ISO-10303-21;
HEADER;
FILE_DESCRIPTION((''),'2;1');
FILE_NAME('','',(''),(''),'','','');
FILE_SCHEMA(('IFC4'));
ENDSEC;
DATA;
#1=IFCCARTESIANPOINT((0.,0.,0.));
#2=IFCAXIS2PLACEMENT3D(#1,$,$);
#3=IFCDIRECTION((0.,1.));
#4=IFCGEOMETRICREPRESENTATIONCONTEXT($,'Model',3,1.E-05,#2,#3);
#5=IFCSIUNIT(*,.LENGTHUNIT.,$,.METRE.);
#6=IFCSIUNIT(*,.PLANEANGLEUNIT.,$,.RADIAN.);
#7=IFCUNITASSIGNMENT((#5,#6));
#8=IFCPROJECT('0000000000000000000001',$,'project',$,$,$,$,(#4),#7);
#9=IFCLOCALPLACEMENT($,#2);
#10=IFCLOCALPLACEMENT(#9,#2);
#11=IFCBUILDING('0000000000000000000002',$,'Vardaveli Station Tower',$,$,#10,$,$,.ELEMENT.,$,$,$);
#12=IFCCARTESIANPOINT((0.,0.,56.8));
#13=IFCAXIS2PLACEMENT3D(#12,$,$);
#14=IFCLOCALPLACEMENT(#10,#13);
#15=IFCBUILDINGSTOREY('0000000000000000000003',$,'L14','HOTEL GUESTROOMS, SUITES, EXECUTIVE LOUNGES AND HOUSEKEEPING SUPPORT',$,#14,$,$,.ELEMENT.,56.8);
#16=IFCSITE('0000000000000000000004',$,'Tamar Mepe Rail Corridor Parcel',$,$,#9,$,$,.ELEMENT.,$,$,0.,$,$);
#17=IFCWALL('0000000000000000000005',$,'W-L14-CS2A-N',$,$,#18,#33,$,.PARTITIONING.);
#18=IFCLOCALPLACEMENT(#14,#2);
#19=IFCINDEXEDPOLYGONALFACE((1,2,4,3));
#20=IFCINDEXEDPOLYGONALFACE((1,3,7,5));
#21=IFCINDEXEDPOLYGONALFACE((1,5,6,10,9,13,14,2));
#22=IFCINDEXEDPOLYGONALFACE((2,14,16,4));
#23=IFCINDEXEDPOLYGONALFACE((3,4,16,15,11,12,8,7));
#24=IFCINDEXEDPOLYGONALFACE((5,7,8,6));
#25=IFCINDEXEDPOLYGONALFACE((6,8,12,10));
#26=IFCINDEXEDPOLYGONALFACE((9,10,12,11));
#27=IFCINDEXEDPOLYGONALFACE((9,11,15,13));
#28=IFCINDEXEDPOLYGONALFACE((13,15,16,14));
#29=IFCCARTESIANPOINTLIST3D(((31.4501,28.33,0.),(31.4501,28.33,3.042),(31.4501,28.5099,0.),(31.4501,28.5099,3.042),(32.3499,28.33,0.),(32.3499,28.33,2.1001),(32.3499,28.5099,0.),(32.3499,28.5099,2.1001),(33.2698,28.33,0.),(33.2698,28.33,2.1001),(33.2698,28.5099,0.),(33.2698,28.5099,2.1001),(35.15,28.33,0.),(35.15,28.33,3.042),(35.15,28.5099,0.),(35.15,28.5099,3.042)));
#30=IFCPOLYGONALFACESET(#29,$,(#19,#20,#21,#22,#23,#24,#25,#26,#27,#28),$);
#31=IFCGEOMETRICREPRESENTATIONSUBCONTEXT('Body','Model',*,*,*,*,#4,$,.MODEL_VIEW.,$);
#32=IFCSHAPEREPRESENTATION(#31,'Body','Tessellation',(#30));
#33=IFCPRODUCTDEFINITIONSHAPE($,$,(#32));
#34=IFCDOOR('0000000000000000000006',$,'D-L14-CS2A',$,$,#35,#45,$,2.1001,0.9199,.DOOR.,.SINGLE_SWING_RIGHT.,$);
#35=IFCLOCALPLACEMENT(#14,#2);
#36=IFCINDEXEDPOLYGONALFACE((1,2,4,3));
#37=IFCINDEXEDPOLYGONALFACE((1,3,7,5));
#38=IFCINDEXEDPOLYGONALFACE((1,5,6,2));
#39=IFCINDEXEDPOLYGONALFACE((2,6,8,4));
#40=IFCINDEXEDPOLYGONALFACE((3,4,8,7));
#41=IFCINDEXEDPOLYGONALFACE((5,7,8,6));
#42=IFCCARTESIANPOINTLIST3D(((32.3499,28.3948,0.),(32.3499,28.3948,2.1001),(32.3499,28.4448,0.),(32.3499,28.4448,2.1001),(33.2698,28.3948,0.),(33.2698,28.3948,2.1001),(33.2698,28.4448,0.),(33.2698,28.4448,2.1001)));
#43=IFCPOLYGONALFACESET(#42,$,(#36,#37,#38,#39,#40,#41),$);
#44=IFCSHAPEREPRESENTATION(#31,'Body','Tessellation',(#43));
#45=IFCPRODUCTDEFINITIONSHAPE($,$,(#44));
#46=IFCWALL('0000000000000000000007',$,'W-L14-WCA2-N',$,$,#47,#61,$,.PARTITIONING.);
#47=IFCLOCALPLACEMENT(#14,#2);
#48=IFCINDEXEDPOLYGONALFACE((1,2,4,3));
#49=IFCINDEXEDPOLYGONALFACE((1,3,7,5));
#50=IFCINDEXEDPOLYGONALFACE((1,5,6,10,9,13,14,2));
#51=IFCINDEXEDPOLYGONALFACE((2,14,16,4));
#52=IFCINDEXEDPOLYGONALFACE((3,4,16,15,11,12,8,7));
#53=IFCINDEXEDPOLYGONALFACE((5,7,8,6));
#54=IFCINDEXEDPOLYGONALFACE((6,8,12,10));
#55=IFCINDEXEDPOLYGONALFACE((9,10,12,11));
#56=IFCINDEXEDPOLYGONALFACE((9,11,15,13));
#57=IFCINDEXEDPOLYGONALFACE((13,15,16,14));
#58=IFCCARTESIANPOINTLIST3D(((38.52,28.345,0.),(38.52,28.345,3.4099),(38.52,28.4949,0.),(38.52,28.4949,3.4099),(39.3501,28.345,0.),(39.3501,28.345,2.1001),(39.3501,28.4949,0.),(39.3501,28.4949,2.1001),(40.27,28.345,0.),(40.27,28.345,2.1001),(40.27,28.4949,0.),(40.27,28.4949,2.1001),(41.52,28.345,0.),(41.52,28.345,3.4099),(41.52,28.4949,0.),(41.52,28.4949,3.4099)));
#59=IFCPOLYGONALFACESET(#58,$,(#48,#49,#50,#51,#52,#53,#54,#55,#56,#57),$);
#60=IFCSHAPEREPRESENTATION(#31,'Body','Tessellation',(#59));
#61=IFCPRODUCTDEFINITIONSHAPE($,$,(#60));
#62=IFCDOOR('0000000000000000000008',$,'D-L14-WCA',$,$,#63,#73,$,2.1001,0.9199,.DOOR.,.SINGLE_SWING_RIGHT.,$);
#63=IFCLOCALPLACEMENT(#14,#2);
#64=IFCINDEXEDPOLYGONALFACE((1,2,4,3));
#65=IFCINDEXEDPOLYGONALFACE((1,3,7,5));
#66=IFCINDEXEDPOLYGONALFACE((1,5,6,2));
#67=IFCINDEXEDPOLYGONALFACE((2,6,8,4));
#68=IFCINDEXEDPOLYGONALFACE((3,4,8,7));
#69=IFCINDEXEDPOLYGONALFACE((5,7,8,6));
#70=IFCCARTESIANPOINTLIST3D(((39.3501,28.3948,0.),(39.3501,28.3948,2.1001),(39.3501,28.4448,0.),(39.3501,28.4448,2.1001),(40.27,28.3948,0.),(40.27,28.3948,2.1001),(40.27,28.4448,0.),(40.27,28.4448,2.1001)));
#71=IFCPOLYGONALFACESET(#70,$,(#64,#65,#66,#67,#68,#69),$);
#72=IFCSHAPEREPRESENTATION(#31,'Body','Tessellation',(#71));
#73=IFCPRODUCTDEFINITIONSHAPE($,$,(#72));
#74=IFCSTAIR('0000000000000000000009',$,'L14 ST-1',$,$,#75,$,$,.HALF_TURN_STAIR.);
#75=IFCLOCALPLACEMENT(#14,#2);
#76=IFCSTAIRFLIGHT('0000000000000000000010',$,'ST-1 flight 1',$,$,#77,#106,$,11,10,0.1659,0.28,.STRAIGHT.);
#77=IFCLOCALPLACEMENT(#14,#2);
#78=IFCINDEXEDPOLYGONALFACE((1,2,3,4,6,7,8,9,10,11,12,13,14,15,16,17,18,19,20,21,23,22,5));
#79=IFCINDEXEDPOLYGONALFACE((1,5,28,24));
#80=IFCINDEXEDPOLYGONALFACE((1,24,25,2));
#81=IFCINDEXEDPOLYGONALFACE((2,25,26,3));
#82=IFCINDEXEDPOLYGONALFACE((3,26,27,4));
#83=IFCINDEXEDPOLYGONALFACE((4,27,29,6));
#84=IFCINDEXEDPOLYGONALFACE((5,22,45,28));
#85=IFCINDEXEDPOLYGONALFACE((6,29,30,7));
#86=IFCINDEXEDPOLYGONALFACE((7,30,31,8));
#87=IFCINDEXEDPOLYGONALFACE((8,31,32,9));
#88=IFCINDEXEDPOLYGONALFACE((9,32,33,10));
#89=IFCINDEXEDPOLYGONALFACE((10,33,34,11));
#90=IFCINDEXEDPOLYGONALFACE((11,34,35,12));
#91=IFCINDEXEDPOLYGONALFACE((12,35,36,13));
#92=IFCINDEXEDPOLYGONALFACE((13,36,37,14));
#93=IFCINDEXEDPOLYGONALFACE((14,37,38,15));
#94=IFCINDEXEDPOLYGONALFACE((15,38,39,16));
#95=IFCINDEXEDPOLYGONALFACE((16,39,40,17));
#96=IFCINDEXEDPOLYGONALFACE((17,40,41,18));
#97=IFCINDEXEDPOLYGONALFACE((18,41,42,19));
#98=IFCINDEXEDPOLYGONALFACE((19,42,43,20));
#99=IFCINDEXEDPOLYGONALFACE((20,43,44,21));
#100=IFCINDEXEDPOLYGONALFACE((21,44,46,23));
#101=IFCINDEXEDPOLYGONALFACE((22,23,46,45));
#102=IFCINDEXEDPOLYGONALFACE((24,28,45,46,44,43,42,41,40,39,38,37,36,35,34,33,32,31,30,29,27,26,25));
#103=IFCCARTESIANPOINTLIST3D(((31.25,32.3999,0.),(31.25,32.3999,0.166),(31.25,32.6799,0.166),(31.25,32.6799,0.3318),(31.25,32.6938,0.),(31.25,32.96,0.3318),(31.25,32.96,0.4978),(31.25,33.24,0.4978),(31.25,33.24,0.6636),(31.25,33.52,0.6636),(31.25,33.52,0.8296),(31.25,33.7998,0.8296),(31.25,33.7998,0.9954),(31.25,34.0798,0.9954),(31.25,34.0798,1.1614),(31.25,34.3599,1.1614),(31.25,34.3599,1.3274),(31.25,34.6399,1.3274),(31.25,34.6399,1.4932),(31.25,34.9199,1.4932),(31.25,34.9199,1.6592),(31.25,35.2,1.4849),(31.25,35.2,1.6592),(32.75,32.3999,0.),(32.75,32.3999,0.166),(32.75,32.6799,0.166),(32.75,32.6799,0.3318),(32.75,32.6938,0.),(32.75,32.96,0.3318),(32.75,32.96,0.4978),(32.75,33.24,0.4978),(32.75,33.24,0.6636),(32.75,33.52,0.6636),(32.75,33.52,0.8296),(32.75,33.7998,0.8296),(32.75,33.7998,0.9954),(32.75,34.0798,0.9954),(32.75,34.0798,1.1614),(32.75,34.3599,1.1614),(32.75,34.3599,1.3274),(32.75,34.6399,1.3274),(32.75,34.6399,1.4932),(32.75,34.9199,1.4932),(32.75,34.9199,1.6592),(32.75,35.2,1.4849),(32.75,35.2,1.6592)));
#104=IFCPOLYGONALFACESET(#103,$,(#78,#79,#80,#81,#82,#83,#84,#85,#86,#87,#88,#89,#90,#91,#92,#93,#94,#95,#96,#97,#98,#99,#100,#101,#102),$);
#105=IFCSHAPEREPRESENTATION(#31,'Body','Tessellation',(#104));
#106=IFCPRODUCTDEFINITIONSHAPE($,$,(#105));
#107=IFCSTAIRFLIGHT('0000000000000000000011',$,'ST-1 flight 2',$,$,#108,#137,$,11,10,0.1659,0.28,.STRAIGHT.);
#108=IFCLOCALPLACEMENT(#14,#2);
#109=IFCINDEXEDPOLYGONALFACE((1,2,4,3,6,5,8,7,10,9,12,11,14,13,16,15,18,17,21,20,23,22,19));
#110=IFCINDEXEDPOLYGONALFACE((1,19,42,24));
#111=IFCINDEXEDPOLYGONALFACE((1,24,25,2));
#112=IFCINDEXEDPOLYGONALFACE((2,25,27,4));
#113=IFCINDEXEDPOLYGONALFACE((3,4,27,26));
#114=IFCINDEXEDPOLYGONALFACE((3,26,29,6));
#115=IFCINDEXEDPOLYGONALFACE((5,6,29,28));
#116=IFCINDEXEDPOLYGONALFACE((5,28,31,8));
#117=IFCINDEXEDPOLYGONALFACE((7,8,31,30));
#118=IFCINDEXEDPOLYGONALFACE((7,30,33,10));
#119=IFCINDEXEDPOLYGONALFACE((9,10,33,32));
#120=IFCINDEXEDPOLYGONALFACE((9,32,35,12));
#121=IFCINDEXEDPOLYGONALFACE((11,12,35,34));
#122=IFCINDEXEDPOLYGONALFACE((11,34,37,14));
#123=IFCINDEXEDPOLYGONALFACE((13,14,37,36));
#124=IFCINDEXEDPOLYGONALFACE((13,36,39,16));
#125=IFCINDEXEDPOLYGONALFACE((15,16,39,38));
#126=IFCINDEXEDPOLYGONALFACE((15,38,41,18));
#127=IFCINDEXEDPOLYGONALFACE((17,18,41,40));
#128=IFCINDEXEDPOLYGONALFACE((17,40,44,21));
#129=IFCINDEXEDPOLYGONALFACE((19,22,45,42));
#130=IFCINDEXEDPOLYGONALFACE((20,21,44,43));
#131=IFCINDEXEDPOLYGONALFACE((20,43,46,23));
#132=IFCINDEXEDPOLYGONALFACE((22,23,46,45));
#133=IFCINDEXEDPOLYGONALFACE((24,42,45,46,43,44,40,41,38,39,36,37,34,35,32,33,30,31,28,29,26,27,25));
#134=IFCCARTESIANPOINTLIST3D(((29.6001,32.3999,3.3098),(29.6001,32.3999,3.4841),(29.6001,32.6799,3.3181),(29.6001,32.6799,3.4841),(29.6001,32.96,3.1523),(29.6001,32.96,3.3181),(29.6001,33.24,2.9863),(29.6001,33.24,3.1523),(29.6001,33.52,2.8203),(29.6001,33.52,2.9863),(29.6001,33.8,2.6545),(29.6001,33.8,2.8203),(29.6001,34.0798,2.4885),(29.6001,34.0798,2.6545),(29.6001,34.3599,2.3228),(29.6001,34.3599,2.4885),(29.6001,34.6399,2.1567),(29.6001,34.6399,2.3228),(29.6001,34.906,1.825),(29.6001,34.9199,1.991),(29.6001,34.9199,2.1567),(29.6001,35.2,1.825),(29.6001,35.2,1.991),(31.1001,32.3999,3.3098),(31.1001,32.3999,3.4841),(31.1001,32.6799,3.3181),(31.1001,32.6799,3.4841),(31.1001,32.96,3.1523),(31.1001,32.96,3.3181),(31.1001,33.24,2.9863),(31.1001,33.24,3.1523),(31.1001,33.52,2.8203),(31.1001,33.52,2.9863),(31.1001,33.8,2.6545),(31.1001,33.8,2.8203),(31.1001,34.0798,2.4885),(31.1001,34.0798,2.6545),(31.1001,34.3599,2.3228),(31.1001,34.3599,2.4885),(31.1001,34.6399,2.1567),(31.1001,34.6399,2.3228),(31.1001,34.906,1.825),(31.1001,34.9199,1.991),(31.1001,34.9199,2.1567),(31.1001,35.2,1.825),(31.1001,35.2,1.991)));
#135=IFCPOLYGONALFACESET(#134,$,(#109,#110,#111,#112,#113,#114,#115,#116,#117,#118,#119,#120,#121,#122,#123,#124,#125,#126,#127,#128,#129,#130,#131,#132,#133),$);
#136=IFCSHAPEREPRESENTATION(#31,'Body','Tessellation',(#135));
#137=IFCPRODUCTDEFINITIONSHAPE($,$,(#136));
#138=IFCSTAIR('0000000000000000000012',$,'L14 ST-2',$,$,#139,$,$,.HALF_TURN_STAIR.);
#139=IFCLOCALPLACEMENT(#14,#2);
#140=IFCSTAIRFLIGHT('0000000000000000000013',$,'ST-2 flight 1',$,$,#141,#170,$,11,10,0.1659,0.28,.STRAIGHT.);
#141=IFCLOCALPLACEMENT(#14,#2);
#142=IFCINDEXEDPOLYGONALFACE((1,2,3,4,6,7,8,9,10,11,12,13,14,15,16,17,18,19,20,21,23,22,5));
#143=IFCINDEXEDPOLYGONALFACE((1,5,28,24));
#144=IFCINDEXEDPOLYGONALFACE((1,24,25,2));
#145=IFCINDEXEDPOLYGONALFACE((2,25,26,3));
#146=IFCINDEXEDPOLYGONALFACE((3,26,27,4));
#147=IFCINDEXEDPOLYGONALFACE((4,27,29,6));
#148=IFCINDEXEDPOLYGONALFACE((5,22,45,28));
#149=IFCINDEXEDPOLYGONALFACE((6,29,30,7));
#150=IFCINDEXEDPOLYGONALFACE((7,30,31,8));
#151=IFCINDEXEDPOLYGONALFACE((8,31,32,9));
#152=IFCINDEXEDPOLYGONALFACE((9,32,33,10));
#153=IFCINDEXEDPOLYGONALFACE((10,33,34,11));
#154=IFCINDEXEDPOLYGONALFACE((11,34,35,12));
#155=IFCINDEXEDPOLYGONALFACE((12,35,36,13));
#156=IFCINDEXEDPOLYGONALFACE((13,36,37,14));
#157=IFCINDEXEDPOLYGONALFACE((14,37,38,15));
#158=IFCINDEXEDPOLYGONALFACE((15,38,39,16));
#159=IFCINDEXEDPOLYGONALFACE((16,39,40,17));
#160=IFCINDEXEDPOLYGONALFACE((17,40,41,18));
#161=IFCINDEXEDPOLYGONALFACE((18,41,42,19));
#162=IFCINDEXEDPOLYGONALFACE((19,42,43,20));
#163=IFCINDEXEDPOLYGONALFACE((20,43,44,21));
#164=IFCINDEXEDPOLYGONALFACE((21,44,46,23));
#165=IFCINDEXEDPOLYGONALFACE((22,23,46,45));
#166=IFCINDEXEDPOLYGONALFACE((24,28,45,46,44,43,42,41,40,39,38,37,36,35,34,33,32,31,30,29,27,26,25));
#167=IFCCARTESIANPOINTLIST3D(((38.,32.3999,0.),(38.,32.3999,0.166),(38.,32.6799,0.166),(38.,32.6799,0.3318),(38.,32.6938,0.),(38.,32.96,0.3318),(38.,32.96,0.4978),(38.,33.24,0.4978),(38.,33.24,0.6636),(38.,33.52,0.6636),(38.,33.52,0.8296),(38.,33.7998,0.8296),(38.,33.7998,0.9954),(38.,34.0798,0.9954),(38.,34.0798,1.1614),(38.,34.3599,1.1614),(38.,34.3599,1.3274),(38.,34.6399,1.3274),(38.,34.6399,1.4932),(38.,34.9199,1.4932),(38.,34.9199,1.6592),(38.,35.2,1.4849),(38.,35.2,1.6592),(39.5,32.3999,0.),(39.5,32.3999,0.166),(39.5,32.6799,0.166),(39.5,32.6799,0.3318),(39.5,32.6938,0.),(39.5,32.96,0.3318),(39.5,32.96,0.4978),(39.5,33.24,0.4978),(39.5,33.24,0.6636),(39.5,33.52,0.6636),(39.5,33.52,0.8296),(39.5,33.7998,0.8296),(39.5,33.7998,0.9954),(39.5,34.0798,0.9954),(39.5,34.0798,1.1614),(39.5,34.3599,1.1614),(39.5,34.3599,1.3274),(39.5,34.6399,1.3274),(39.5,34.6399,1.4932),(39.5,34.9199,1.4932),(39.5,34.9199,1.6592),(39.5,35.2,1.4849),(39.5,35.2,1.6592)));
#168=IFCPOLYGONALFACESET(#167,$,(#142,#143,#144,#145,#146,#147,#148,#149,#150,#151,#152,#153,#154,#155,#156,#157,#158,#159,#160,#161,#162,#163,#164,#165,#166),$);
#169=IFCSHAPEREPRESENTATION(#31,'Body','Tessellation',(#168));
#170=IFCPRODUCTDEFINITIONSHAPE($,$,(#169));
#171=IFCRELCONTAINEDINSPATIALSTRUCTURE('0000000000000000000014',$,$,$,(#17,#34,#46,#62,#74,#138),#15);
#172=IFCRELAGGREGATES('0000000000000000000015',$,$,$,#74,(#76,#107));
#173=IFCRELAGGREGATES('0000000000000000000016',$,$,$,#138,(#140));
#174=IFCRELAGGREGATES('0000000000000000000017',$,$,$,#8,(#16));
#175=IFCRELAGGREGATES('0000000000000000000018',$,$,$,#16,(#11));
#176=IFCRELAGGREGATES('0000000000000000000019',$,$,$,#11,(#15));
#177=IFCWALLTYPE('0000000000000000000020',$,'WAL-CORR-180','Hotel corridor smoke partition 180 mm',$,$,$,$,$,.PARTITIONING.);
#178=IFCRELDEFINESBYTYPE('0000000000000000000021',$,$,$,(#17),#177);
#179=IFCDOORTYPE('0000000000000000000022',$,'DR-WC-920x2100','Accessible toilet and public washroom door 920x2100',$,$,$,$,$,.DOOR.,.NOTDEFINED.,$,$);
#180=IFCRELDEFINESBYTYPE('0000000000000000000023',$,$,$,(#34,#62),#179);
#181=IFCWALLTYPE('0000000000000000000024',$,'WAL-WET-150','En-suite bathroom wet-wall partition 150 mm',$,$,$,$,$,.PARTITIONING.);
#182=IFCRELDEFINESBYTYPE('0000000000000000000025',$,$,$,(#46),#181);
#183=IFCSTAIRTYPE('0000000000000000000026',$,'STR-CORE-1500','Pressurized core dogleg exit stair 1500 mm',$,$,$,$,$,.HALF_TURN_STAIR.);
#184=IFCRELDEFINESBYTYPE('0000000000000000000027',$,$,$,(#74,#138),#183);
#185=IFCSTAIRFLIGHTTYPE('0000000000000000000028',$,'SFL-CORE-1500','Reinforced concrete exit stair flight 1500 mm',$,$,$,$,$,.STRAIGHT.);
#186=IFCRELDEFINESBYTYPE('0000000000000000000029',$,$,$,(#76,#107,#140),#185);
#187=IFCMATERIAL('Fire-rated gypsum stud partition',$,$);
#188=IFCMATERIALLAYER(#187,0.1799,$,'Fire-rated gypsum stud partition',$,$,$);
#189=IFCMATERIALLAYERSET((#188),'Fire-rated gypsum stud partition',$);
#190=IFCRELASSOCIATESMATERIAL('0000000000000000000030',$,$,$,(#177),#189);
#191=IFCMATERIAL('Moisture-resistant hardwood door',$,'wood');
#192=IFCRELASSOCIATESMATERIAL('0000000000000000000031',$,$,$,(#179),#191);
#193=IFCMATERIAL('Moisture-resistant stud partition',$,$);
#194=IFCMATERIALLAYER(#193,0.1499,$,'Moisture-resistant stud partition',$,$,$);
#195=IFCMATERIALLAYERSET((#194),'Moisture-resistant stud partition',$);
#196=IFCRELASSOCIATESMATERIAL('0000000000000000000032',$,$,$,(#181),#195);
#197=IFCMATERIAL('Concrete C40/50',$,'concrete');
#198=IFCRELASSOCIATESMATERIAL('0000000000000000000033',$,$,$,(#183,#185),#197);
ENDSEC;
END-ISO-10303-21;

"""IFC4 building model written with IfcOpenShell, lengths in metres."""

from ifc_helpers import new_model, si_unit, direction, frame, frame_2d, origin, place, context, subcontext, project, spatial, polyline, rectangle, outline, extrude, source, transform, mapped, material, layer, layer_set, type_object, element, fill, aggregate, save


model = new_model("IFC4")

# Units and contexts
model_context = context("Model", 3, precision=1e-05, world=origin(), true_north=direction((0.0, 1.0)))
body_context = subcontext(model_context, "Body", "Model", "MODEL_VIEW")
ifc_project = project(units=[si_unit("LENGTHUNIT", "METRE"), si_unit("PLANEANGLEUNIT", "RADIAN")], contexts=[model_context])

# Site, building, storey
site_placement = place(None, origin())
site = spatial("IfcSite", under=ifc_project, at=site_placement, Name="Tamar Mepe Rail Corridor Parcel", CompositionType="ELEMENT", RefElevation=0.0)
building_placement = place(site_placement, origin())
building = spatial("IfcBuilding", under=site, at=building_placement, Name="Vardaveli Station Tower", CompositionType="ELEMENT")
storey_placement = place(building_placement, frame((0.0, 0.0, 56.8)))
storey = spatial("IfcBuildingStorey", under=building, at=storey_placement, Name="L14", Description="HOTEL GUESTROOMS, SUITES, EXECUTIVE LOUNGES AND HOUSEKEEPING SUPPORT", CompositionType="ELEMENT", Elevation=56.8)

# Shared definitions
ifc_material_1 = material(Name="Concrete C40/50", Category="concrete")

# Walls, openings, doors
ifc_material_2 = material(Name="Fire-rated gypsum stud partition")
ifc_layer_1 = layer(ifc_material_2, 0.1799, Name="Fire-rated gypsum stud partition")
ifc_layer_set_1 = layer_set([ifc_layer_1], Name="Fire-rated gypsum stud partition")
wall_type_1 = type_object("IfcWallType", Name="WAL-CORR-180", Description="Hotel corridor smoke partition 180 mm", PredefinedType="PARTITIONING", material=ifc_layer_set_1)
shared_shape_1 = source(origin(), body_context, "Body", "SweptSolid", [
    extrude(rectangle(XDim=3.7, YDim=0.1799, at=frame_2d((1.8501, 0.0))), origin(), (0.0, 0.0, 1.0), 3.042),
])
wall_1_placement = place(storey_placement, frame((31.45, 28.4199, 0.0), z_axis=(0.0, 0.0, 1.0), x_axis=(1.0, 0.0, 0.0)))
wall_1 = element("IfcWall", 1, at=wall_1_placement, inside=storey, type_object=wall_type_1, Name="W-L14-CS2A-N", PredefinedType="PARTITIONING", context=body_context, shape_type="MappedRepresentation", body=[
    mapped(shared_shape_1, transform((0.0, 0.0, 0.0), scale=1.0)),
])
shared_shape_2 = source(origin(), body_context, "Body", "SweptSolid", [
    extrude(rectangle(XDim=0.9199, YDim=2.1001, at=frame_2d((0.46, 1.05))), frame((0.0, 0.1001, 0.0), z_axis=(0.0, -1.0, 0.0), x_axis=(1.0, 0.0, 0.0)), (0.0, 0.0, 1.0), 0.2),
])
opening_1_placement = place(wall_1_placement, frame((0.8999, 0.0, 0.0)))
opening_1 = element("IfcOpeningElement", 2, at=opening_1_placement, cuts=wall_1, PredefinedType="OPENING", context=body_context, shape_type="MappedRepresentation", body=[
    mapped(shared_shape_2, transform((0.0, 0.0, 0.0), scale=1.0)),
])
ifc_material_3 = material(Name="Moisture-resistant hardwood door", Category="wood")
door_type_1 = type_object("IfcDoorType", Name="DR-WC-920x2100", Description="Accessible toilet and public washroom door 920x2100", OperationType="NOTDEFINED", PredefinedType="DOOR", material=ifc_material_3)
shared_shape_3 = source(origin(), body_context, "Body", "SweptSolid", [
    extrude(rectangle(XDim=0.9199, YDim=2.1001, at=frame_2d((0.46, 1.05))), frame((0.0, 0.0249, 0.0), z_axis=(0.0, -1.0, 0.0), x_axis=(1.0, 0.0, 0.0)), (0.0, 0.0, 1.0), 0.05),
])
door_1_placement = place(opening_1_placement, origin())
door_1 = element("IfcDoor", 3, at=door_1_placement, inside=storey, type_object=door_type_1, Name="D-L14-CS2A", OperationType="SINGLE_SWING_RIGHT", OverallHeight=2.1001, OverallWidth=0.9199, PredefinedType="DOOR", context=body_context, shape_type="MappedRepresentation", body=[
    mapped(shared_shape_3, transform((0.0, 0.0, 0.0), scale=1.0)),
])
fill(opening_1, door_1)
ifc_material_4 = material(Name="Moisture-resistant stud partition")
ifc_layer_2 = layer(ifc_material_4, 0.1499, Name="Moisture-resistant stud partition")
ifc_layer_set_2 = layer_set([ifc_layer_2], Name="Moisture-resistant stud partition")
wall_type_2 = type_object("IfcWallType", Name="WAL-WET-150", Description="En-suite bathroom wet-wall partition 150 mm", PredefinedType="PARTITIONING", material=ifc_layer_set_2)
shared_shape_4 = source(origin(), body_context, "Body", "SweptSolid", [
    extrude(rectangle(XDim=3.0, YDim=0.1499, at=frame_2d((1.5, 0.0))), origin(), (0.0, 0.0, 1.0), 3.4099),
])
wall_2_placement = place(storey_placement, frame((38.52, 28.4199, 0.0), z_axis=(0.0, 0.0, 1.0), x_axis=(1.0, 0.0, 0.0)))
wall_2 = element("IfcWall", 4, at=wall_2_placement, inside=storey, type_object=wall_type_2, Name="W-L14-WCA2-N", PredefinedType="PARTITIONING", context=body_context, shape_type="MappedRepresentation", body=[
    mapped(shared_shape_4, transform((0.0, 0.0, 0.0), scale=1.0)),
])
shared_shape_5 = source(origin(), body_context, "Body", "SweptSolid", [
    extrude(rectangle(XDim=0.9199, YDim=2.1001, at=frame_2d((0.46, 1.05))), frame((0.0, 0.085, 0.0), z_axis=(0.0, -1.0, 0.0), x_axis=(1.0, 0.0, 0.0)), (0.0, 0.0, 1.0), 0.1699),
])
opening_2_placement = place(wall_2_placement, frame((0.8301, 0.0, 0.0)))
opening_2 = element("IfcOpeningElement", 5, at=opening_2_placement, cuts=wall_2, PredefinedType="OPENING", context=body_context, shape_type="MappedRepresentation", body=[
    mapped(shared_shape_5, transform((0.0, 0.0, 0.0), scale=1.0)),
])
door_2_placement = place(opening_2_placement, origin())
door_2 = element("IfcDoor", 6, at=door_2_placement, inside=storey, type_object=door_type_1, Name="D-L14-WCA", OperationType="SINGLE_SWING_RIGHT", OverallHeight=2.1001, OverallWidth=0.9199, PredefinedType="DOOR", context=body_context, shape_type="MappedRepresentation", body=[
    mapped(shared_shape_3, transform((0.0, 0.0, 0.0), scale=1.0)),
])
fill(opening_2, door_2)

# Stair, stair flights
stair_type = type_object("IfcStairType", Name="STR-CORE-1500", Description="Pressurized core dogleg exit stair 1500 mm", PredefinedType="HALF_TURN_STAIR", material=ifc_material_1)
stair_1_placement = place(storey_placement, origin())
stair_1 = element("IfcStair", 7, at=stair_1_placement, inside=storey, type_object=stair_type, Name="L14 ST-1", PredefinedType="HALF_TURN_STAIR")
stair_flight_type = type_object("IfcStairFlightType", Name="SFL-CORE-1500", Description="Reinforced concrete exit stair flight 1500 mm", PredefinedType="STRAIGHT", material=ifc_material_1)
shared_shape_6 = source(origin(), body_context, "Body", "SweptSolid", [
    extrude(outline(polyline([(0.0, 0.0), (0.0, 0.166), (0.28, 0.166), (0.28, 0.3318), (0.5601, 0.3318), (0.5601, 0.4978), (0.8401, 0.4978), (0.8401, 0.6636), (1.1201, 0.6636), (1.1201, 0.8296), (1.3999, 0.8296), (1.3999, 0.9954), (1.6799, 0.9954), (1.6799, 1.1614), (1.96, 1.1614), (1.96, 1.3274), (2.24, 1.3274), (2.24, 1.4932), (2.52, 1.4932), (2.52, 1.6592), (2.8, 1.6592), (2.8, 1.825), (2.8, 1.4849), (0.2939, 0.0), (0.0, 0.0)])), frame((0.0, 0.75, 0.0), z_axis=(0.0, -1.0, 0.0), x_axis=(1.0, 0.0, 0.0)), (0.0, 0.0, 1.0), 1.5),
])
stair_flight_1_placement = place(storey_placement, frame((32.0, 32.3999, 0.0), z_axis=(0.0, 0.0, 1.0), x_axis=(0.0, 1.0, 0.0)))
stair_flight_1 = element("IfcStairFlight", 8, at=stair_flight_1_placement, type_object=stair_flight_type, Name="ST-1 flight 1", NumberOfRisers=11, NumberOfTreads=10, PredefinedType="STRAIGHT", RiserHeight=0.1659, TreadLength=0.28, context=body_context, shape_type="MappedRepresentation", body=[
    mapped(shared_shape_6, transform((0.0, 0.0, 0.0), scale=1.0)),
])
stair_flight_2_placement = place(storey_placement, frame((30.3501, 35.2, 1.825), z_axis=(0.0, 0.0, 1.0), x_axis=(0.0, -1.0, 0.0)))
stair_flight_2 = element("IfcStairFlight", 9, at=stair_flight_2_placement, type_object=stair_flight_type, Name="ST-1 flight 2", NumberOfRisers=11, NumberOfTreads=10, PredefinedType="STRAIGHT", RiserHeight=0.1659, TreadLength=0.28, context=body_context, shape_type="MappedRepresentation", body=[
    mapped(shared_shape_6, transform((0.0, 0.0, 0.0), scale=1.0)),
])
aggregate(stair_1, [stair_flight_1, stair_flight_2])

# Stair, stair flight
stair_2_placement = place(storey_placement, origin())
stair_2 = element("IfcStair", 10, at=stair_2_placement, inside=storey, type_object=stair_type, Name="L14 ST-2", PredefinedType="HALF_TURN_STAIR")
stair_flight_3_placement = place(storey_placement, frame((38.75, 32.3999, 0.0), z_axis=(0.0, 0.0, 1.0), x_axis=(0.0, 1.0, 0.0)))
stair_flight_3 = element("IfcStairFlight", 11, at=stair_flight_3_placement, type_object=stair_flight_type, Name="ST-2 flight 1", NumberOfRisers=11, NumberOfTreads=10, PredefinedType="STRAIGHT", RiserHeight=0.1659, TreadLength=0.28, context=body_context, shape_type="MappedRepresentation", body=[
    mapped(shared_shape_6, transform((0.0, 0.0, 0.0), scale=1.0)),
])
aggregate(stair_2, [stair_flight_3])

save(model, "model.ifc")
